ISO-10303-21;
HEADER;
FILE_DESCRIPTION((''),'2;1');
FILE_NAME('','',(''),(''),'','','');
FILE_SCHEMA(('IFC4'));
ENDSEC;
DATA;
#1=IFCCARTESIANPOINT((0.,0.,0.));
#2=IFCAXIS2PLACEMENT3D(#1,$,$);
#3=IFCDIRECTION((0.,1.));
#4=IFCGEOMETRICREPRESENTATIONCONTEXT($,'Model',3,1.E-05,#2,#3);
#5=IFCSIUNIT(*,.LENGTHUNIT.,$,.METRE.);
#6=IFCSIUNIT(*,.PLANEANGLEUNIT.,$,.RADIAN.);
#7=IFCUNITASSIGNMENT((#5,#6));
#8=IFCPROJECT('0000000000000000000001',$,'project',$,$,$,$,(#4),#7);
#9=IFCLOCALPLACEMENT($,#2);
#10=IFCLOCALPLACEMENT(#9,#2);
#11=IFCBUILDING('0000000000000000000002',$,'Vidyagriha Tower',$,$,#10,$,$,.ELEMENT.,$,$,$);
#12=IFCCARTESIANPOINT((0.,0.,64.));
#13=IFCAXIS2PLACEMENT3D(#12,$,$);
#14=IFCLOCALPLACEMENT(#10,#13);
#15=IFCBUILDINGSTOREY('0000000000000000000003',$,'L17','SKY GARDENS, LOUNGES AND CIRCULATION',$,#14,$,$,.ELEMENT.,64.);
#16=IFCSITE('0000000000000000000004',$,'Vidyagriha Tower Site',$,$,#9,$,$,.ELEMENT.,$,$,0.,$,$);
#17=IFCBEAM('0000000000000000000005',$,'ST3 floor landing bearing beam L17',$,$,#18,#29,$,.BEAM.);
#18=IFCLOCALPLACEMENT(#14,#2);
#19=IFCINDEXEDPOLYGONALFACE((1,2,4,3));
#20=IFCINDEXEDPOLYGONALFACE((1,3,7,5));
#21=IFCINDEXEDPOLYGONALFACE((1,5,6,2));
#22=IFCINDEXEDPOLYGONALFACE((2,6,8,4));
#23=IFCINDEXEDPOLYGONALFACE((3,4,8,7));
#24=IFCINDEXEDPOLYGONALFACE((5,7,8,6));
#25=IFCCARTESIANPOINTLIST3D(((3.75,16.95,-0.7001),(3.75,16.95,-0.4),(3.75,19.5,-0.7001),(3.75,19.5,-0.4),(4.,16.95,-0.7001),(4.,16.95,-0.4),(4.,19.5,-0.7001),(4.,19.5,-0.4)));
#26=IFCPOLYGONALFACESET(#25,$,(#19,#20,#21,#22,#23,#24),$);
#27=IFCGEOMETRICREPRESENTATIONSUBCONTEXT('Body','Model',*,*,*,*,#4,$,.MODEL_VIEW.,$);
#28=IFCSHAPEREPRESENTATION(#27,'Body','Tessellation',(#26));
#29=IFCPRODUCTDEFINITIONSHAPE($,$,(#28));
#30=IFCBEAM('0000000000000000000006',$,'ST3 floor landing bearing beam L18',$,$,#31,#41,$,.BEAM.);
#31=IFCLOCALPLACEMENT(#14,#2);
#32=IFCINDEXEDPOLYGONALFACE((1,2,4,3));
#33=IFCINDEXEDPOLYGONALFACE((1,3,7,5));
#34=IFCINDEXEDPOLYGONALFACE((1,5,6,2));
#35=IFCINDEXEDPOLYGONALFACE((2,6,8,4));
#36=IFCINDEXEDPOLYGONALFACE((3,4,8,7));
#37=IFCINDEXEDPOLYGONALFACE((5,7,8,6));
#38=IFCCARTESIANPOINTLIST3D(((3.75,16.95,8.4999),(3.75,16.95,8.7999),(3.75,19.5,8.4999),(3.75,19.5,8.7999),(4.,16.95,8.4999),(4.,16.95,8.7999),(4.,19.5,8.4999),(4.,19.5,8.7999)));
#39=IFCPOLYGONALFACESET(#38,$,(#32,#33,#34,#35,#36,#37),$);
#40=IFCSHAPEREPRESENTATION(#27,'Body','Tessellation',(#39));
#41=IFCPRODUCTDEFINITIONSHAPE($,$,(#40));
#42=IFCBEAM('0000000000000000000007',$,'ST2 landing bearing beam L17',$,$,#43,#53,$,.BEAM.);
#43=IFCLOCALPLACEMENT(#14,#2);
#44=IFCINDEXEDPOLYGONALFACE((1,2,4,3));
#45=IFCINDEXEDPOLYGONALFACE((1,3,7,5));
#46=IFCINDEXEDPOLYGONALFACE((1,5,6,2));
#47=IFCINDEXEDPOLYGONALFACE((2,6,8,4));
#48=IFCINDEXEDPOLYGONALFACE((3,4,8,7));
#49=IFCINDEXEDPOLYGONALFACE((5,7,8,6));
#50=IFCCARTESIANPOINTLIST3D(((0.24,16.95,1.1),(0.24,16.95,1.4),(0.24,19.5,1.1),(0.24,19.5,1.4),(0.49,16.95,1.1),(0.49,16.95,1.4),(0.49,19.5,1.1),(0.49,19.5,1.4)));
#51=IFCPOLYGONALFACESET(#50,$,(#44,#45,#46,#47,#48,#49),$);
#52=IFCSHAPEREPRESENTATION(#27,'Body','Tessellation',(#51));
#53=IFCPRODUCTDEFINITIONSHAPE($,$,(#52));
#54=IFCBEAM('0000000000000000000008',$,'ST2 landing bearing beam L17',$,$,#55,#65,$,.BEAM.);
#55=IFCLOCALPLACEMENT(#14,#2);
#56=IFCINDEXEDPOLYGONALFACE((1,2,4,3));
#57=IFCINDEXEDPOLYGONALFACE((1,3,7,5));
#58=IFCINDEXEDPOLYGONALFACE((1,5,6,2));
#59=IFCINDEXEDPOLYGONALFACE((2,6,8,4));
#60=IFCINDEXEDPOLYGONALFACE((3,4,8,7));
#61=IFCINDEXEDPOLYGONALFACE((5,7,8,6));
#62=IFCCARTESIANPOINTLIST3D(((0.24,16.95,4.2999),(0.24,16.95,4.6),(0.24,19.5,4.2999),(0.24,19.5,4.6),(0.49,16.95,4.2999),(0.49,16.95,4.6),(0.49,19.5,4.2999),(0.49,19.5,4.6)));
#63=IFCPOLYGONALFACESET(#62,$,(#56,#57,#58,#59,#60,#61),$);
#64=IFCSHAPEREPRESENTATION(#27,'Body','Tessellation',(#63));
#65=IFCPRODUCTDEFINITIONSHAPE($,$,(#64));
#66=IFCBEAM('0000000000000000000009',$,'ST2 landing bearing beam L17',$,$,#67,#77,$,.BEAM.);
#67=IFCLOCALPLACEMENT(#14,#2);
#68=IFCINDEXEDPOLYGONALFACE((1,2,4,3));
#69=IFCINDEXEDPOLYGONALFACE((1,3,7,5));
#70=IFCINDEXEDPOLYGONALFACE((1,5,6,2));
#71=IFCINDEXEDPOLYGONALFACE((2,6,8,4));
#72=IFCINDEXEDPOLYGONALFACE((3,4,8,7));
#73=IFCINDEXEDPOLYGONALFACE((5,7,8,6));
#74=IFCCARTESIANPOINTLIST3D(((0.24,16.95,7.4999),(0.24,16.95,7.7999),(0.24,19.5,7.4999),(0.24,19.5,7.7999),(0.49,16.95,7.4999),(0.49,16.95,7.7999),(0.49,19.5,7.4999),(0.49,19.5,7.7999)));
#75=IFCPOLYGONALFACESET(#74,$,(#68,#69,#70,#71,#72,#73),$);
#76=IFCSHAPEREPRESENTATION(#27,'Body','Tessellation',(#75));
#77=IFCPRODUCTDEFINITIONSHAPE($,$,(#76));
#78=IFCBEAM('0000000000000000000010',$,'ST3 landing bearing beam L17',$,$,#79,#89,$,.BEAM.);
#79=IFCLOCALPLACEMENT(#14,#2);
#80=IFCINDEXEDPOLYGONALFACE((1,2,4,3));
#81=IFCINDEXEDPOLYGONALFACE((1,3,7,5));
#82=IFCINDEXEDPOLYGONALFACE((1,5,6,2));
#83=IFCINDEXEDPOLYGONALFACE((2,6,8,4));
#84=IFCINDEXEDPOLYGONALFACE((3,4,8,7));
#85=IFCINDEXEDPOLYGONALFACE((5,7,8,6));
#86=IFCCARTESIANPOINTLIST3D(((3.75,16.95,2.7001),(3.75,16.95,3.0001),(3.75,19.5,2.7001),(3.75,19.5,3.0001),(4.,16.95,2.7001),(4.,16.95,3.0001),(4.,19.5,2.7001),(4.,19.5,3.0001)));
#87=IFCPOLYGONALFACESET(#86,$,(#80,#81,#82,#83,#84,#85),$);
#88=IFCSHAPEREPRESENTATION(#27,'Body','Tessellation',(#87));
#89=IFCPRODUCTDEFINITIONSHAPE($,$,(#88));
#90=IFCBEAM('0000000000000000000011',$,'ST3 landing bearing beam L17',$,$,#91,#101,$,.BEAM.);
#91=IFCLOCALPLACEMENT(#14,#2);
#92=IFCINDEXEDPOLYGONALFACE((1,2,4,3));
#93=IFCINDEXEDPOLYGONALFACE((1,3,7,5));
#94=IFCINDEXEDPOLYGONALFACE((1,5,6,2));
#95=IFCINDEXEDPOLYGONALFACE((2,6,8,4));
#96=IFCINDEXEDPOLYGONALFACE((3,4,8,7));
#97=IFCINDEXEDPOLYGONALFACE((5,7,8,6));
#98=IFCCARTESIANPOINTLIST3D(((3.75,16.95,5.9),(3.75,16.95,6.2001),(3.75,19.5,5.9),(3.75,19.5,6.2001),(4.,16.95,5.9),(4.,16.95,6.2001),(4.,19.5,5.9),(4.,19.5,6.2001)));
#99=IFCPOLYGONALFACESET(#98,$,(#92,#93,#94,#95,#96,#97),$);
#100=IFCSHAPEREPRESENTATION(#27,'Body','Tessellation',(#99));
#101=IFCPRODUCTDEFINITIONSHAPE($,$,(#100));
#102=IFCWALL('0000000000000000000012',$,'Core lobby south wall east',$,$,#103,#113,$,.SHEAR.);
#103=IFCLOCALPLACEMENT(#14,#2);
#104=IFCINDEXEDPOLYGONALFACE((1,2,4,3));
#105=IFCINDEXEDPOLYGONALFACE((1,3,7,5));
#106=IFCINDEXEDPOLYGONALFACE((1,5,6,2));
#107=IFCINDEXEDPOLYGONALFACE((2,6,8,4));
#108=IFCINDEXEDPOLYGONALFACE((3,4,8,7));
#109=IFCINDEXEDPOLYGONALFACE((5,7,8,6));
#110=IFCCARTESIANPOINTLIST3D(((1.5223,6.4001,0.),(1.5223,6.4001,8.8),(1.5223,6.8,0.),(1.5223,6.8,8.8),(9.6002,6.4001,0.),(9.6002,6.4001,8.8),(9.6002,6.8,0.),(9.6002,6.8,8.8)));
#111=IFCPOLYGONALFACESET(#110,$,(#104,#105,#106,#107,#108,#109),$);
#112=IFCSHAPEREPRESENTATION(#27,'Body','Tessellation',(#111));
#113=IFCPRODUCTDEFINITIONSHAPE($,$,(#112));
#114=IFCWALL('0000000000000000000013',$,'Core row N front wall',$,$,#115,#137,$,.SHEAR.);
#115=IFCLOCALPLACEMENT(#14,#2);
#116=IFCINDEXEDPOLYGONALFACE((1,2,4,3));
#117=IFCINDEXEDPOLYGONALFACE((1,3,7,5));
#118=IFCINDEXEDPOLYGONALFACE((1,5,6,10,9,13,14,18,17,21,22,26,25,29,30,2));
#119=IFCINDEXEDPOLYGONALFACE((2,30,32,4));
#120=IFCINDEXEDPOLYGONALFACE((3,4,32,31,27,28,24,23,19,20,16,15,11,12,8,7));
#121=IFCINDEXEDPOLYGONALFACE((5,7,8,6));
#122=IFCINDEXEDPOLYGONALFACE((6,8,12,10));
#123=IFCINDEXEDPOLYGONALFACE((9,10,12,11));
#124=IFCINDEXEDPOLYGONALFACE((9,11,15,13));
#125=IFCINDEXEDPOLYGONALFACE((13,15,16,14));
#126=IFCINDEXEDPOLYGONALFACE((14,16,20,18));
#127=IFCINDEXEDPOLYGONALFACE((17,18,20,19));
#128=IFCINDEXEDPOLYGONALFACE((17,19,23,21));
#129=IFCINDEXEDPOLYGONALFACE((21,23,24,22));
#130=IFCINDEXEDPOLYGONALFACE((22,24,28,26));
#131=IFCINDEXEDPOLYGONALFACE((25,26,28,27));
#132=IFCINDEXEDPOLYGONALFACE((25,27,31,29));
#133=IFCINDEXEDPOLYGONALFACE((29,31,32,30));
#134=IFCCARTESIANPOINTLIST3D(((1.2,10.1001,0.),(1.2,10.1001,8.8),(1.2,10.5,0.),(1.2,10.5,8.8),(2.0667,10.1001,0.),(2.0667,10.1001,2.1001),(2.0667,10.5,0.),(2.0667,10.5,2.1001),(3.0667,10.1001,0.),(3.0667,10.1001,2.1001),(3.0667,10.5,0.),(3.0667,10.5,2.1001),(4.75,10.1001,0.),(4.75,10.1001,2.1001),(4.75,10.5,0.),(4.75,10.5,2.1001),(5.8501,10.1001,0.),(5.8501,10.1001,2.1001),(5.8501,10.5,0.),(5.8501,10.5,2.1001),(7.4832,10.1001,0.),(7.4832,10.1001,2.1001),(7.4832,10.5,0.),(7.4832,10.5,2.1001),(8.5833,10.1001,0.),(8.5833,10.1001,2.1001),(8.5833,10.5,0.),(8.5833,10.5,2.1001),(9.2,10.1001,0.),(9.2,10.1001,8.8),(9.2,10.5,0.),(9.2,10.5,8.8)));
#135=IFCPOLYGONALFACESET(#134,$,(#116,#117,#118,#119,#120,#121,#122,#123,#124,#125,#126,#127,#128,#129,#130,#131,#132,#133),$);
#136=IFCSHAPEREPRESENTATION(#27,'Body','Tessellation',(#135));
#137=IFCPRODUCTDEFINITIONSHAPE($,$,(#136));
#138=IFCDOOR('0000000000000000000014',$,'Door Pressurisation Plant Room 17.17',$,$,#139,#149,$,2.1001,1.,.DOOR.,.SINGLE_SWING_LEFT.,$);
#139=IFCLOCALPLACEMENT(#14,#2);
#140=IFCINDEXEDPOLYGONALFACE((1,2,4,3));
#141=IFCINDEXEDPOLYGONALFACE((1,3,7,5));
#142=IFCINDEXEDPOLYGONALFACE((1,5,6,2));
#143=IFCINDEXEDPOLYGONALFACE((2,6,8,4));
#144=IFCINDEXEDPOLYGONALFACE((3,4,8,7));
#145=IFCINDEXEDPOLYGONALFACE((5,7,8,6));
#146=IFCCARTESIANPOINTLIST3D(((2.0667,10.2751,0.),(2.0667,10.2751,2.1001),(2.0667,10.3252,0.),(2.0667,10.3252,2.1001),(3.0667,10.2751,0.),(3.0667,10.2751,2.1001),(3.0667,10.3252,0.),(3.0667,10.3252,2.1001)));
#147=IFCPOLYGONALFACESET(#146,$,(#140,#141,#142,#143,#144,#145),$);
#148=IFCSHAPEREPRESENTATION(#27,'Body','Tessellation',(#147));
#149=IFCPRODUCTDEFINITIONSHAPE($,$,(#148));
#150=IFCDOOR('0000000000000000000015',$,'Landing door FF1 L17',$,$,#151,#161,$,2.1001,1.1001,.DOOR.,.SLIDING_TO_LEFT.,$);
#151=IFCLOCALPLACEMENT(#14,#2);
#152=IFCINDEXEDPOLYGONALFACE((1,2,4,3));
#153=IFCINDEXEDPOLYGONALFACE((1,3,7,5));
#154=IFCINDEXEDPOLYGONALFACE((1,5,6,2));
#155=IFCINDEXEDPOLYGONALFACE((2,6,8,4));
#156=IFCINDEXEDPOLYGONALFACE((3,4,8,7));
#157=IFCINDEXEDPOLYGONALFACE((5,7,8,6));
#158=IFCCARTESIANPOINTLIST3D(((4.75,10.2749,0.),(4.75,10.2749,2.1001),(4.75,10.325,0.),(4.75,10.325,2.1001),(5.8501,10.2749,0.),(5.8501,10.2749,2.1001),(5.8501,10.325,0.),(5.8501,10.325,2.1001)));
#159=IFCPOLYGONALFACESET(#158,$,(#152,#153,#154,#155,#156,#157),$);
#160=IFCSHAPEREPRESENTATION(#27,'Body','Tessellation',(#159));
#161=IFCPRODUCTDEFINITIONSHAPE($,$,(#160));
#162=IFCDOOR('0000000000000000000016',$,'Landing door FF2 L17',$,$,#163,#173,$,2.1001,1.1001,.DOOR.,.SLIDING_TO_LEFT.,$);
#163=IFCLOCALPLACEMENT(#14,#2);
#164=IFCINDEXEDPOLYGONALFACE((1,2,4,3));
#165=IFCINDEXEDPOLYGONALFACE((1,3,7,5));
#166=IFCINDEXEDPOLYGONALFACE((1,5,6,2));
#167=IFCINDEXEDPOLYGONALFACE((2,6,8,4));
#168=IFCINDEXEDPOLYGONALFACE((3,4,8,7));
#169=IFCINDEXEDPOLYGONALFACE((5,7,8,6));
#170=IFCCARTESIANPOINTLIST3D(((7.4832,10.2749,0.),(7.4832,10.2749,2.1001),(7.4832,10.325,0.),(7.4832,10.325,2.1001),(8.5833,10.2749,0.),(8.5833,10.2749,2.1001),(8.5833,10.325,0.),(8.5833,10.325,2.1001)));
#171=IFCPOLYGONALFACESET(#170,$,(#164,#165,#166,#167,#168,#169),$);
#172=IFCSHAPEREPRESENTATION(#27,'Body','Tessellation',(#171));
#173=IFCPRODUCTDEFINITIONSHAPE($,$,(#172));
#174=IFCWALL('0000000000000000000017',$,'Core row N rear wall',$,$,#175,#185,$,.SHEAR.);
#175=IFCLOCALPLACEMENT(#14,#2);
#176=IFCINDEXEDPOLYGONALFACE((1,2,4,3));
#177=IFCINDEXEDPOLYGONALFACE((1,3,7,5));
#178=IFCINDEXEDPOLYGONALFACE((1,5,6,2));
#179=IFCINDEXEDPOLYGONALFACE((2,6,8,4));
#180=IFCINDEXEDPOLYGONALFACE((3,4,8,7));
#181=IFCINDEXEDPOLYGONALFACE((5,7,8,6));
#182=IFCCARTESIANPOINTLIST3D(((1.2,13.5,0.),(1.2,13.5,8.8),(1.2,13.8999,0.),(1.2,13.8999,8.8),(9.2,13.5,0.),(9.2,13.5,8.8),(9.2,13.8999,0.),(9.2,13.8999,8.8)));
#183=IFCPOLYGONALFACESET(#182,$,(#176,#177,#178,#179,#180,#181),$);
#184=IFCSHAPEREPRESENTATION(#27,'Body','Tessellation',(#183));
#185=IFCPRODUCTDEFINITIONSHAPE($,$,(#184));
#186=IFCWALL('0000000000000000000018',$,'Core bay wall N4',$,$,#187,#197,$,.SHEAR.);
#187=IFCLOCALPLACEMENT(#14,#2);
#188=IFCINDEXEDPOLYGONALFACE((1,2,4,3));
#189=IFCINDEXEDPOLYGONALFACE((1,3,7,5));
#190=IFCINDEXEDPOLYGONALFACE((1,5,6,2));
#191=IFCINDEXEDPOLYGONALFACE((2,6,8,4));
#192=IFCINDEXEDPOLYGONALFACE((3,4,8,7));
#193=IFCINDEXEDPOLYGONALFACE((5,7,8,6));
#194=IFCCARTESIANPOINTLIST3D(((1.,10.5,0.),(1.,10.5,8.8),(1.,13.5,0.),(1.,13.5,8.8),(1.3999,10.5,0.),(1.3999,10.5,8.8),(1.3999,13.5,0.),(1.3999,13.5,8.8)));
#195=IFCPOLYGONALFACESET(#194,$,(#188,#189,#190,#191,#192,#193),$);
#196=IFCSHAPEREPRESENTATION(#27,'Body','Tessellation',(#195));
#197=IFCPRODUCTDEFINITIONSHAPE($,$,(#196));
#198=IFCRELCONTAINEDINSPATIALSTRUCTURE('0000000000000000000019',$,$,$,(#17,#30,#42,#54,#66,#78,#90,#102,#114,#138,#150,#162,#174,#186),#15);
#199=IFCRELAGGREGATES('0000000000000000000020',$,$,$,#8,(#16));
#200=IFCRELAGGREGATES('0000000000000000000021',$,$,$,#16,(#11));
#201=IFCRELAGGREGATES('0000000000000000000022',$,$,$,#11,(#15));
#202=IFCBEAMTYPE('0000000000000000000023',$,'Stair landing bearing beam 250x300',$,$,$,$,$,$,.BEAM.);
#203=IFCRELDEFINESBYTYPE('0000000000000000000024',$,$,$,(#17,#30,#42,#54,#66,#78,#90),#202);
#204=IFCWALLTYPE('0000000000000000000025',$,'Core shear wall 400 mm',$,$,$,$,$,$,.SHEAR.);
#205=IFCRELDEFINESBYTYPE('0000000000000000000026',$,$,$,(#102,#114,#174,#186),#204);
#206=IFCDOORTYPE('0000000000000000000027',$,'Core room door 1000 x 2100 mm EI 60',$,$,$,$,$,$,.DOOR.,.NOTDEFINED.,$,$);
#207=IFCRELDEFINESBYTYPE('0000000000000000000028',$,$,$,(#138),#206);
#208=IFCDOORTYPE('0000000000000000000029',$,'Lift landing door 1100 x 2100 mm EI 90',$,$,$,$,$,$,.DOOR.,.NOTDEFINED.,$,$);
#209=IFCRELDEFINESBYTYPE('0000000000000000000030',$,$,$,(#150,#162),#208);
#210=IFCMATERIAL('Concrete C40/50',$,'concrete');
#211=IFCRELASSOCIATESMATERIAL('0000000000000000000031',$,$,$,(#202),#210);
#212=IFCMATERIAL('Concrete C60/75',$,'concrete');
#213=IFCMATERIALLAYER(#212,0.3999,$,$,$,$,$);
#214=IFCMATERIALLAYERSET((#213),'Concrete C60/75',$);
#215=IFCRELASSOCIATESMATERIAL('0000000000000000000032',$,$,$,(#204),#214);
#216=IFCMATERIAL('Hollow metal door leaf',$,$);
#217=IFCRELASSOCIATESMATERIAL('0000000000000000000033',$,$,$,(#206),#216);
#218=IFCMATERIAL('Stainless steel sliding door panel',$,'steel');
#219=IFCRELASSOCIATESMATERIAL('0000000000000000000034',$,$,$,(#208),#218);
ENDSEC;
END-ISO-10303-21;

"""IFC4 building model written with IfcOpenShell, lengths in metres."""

from ifc_helpers import new_model, si_unit, direction, frame, frame_2d, origin, origin_2d, place, context, subcontext, project, spatial, rectangle, extrude, material, layer, layer_set, material_profile, profile_set, type_object, element, fill, save


model = new_model("IFC4")

# Units and contexts
model_context = context("Model", 3, precision=1e-05, world=origin(), true_north=direction((0.0, 1.0)))
body_context = subcontext(model_context, "Body", "Model", "MODEL_VIEW")
ifc_project = project(units=[si_unit("LENGTHUNIT", "METRE"), si_unit("PLANEANGLEUNIT", "RADIAN")], contexts=[model_context])

# Site, building, storey
site_placement = place(None, origin())
site = spatial("IfcSite", under=ifc_project, at=site_placement, Name="Vidyagriha Tower Site", CompositionType="ELEMENT", RefElevation=0.0)
building_placement = place(site_placement, origin())
building = spatial("IfcBuilding", under=site, at=building_placement, Name="Vidyagriha Tower", CompositionType="ELEMENT")
storey_placement = place(building_placement, frame((0.0, 0.0, 64.0)))
storey = spatial("IfcBuildingStorey", under=building, at=storey_placement, Name="L17", Description="SKY GARDENS, LOUNGES AND CIRCULATION", CompositionType="ELEMENT", Elevation=64.0)

# Beams
ifc_material_1 = material(Name="Concrete C40/50", Category="concrete")
ifc_material_profile = material_profile(ifc_material_1, rectangle(XDim=0.25, YDim=0.3, at=origin_2d()), Name="Stair landing bearing beam 250x300")
ifc_profile_set = profile_set([ifc_material_profile], Name="Concrete C40/50")
beam_type = type_object("IfcBeamType", Name="Stair landing bearing beam 250x300", PredefinedType="BEAM", material=ifc_profile_set)
for number, where, z_axis, x_axis, name in (
    (1, (3.875, 16.95, -0.55), (0.0, 1.0, 0.0), (-1.0, 0.0, 0.0), "ST3 floor landing bearing beam L17"),
    (2, (3.875, 16.95, 8.6499), (0.0, 1.0, 0.0), (-1.0, 0.0, 0.0), "ST3 floor landing bearing beam L18"),
    (3, (0.365, 16.95, 1.25), (0.0, 1.0, 0.0), (-1.0, 0.0, 0.0), "ST2 landing bearing beam L17"),
    (4, (0.365, 16.95, 4.45), (0.0, 1.0, 0.0), (-1.0, 0.0, 0.0), "ST2 landing bearing beam L17"),
    (5, (0.365, 16.95, 7.6499), (0.0, 1.0, 0.0), (-1.0, 0.0, 0.0), "ST2 landing bearing beam L17"),
    (6, (3.875, 16.95, 2.8501), (0.0, 1.0, 0.0), (-1.0, 0.0, 0.0), "ST3 landing bearing beam L17"),
    (7, (3.875, 16.95, 6.05), (0.0, 1.0, 0.0), (-1.0, 0.0, 0.0), "ST3 landing bearing beam L17"),
):
    element("IfcBeam", number, at=place(storey_placement, frame(where, z_axis=z_axis, x_axis=x_axis)), inside=storey, type_object=beam_type, Name=name, PredefinedType="BEAM", context=body_context, shape_type="SweptSolid", body=[
        extrude(rectangle(XDim=0.25, YDim=0.3, at=origin_2d()), origin(), (0.0, 0.0, 1.0), 2.55),
    ])

# Wall
ifc_material_2 = material(Name="Concrete C60/75", Category="concrete")
ifc_layer_1 = layer(ifc_material_2, 0.3999)
ifc_layer_set_1 = layer_set([ifc_layer_1], Name="Concrete C60/75")
wall_type_1 = type_object("IfcWallType", Name="Core shear wall 400 mm", PredefinedType="SHEAR", material=ifc_layer_set_1)
wall_1_placement = place(storey_placement, frame((1.5222, 6.6001, 0.0)))
element("IfcWall", 8, at=wall_1_placement, inside=storey, type_object=wall_type_1, Name="Core lobby south wall east", PredefinedType="SHEAR", context=body_context, shape_type="SweptSolid", body=[
    extrude(rectangle(XDim=8.0779, YDim=0.3999, at=frame_2d((4.0391, 0.0))), origin(), (0.0, 0.0, 1.0), 8.8),
])

# Wall, openings, doors
wall_2_placement = place(storey_placement, frame((1.2, 10.3, 0.0)))
wall_2 = element("IfcWall", 9, at=wall_2_placement, inside=storey, type_object=wall_type_1, Name="Core row N front wall", PredefinedType="SHEAR", context=body_context, shape_type="SweptSolid", body=[
    extrude(rectangle(XDim=8.0, YDim=0.3999, at=frame_2d((4.0, 0.0))), origin(), (0.0, 0.0, 1.0), 8.8),
])
opening_1_placement = place(wall_2_placement, frame((3.55, 0.0, 0.0)))
opening_1 = element("IfcOpeningElement", 10, at=opening_1_placement, cuts=wall_2, PredefinedType="OPENING", context=body_context, shape_type="SweptSolid", body=[
    extrude(rectangle(XDim=1.1001, YDim=2.1001, at=frame_2d((0.55, 1.05))), frame((0.0, 0.21, 0.0), z_axis=(0.0, -1.0, 0.0), x_axis=(1.0, 0.0, 0.0)), (0.0, 0.0, 1.0), 0.4199),
])
opening_2_placement = place(wall_2_placement, frame((6.2832, 0.0, 0.0)))
opening_2 = element("IfcOpeningElement", 11, at=opening_2_placement, cuts=wall_2, PredefinedType="OPENING", context=body_context, shape_type="SweptSolid", body=[
    extrude(rectangle(XDim=1.1001, YDim=2.1001, at=frame_2d((0.55, 1.05))), frame((0.0, 0.21, 0.0), z_axis=(0.0, -1.0, 0.0), x_axis=(1.0, 0.0, 0.0)), (0.0, 0.0, 1.0), 0.4199),
])
opening_3_placement = place(wall_2_placement, frame((0.8667, 0.0, 0.0)))
opening_3 = element("IfcOpeningElement", 12, at=opening_3_placement, cuts=wall_2, PredefinedType="OPENING", context=body_context, shape_type="SweptSolid", body=[
    extrude(rectangle(XDim=1.0, YDim=2.1001, at=frame_2d((0.5, 1.05))), frame((0.0, 0.21, 0.0), z_axis=(0.0, -1.0, 0.0), x_axis=(1.0, 0.0, 0.0)), (0.0, 0.0, 1.0), 0.4199),
])
ifc_material_3 = material(Name="Hollow metal door leaf")
door_type_1 = type_object("IfcDoorType", Name="Core room door 1000 x 2100 mm EI 60", OperationType="NOTDEFINED", PredefinedType="DOOR", material=ifc_material_3)
door_1_placement = place(opening_3_placement, frame((1.0, 0.0, 0.0), z_axis=(0.0, 0.0, 1.0), x_axis=(-1.0, 0.0, 0.0)))
door_1 = element("IfcDoor", 13, at=door_1_placement, inside=storey, type_object=door_type_1, Name="Door Pressurisation Plant Room 17.17", OperationType="SINGLE_SWING_LEFT", OverallHeight=2.1001, OverallWidth=1.0, PredefinedType="DOOR", context=body_context, shape_type="SweptSolid", body=[
    extrude(rectangle(XDim=1.0, YDim=2.1001, at=frame_2d((0.5, 1.05))), frame((0.0, 0.0249, 0.0), z_axis=(0.0, -1.0, 0.0), x_axis=(1.0, 0.0, 0.0)), (0.0, 0.0, 1.0), 0.05),
])
fill(opening_3, door_1)
ifc_material_4 = material(Name="Stainless steel sliding door panel", Category="steel")
door_type_2 = type_object("IfcDoorType", Name="Lift landing door 1100 x 2100 mm EI 90", OperationType="NOTDEFINED", PredefinedType="DOOR", material=ifc_material_4)
door_2_placement = place(opening_1_placement, origin())
door_2 = element("IfcDoor", 14, at=door_2_placement, inside=storey, type_object=door_type_2, Name="Landing door FF1 L17", OperationType="SLIDING_TO_LEFT", OverallHeight=2.1001, OverallWidth=1.1001, PredefinedType="DOOR", context=body_context, shape_type="SweptSolid", body=[
    extrude(rectangle(XDim=1.1001, YDim=2.1001, at=frame_2d((0.55, 1.05))), frame((0.0, 0.0249, 0.0), z_axis=(0.0, -1.0, 0.0), x_axis=(1.0, 0.0, 0.0)), (0.0, 0.0, 1.0), 0.05),
])
fill(opening_1, door_2)
door_3_placement = place(opening_2_placement, origin())
door_3 = element("IfcDoor", 15, at=door_3_placement, inside=storey, type_object=door_type_2, Name="Landing door FF2 L17", OperationType="SLIDING_TO_LEFT", OverallHeight=2.1001, OverallWidth=1.1001, PredefinedType="DOOR", context=body_context, shape_type="SweptSolid", body=[
    extrude(rectangle(XDim=1.1001, YDim=2.1001, at=frame_2d((0.55, 1.05))), frame((0.0, 0.0249, 0.0), z_axis=(0.0, -1.0, 0.0), x_axis=(1.0, 0.0, 0.0)), (0.0, 0.0, 1.0), 0.05),
])
fill(opening_2, door_3)

# Walls
wall_3_placement = place(storey_placement, frame((1.2, 13.7, 0.0)))
element("IfcWall", 16, at=wall_3_placement, inside=storey, type_object=wall_type_1, Name="Core row N rear wall", PredefinedType="SHEAR", context=body_context, shape_type="SweptSolid", body=[
    extrude(rectangle(XDim=8.0, YDim=0.3999, at=frame_2d((4.0, 0.0))), origin(), (0.0, 0.0, 1.0), 8.8),
])
for number, where, z_axis, x_axis, name in (
    (17, (1.2, 10.5, 0.0), (0.0, 0.0, 1.0), (0.0, 1.0, 0.0), "Core bay wall N4"),
):
    element("IfcWall", number, at=place(storey_placement, frame(where, z_axis=z_axis, x_axis=x_axis)), inside=storey, type_object=wall_type_1, Name=name, PredefinedType="SHEAR", context=body_context, shape_type="SweptSolid", body=[
        extrude(rectangle(XDim=3.0, YDim=0.3999, at=frame_2d((1.5, 0.0))), origin(), (0.0, 0.0, 1.0), 8.8),
    ])

save(model, "model.ifc")
